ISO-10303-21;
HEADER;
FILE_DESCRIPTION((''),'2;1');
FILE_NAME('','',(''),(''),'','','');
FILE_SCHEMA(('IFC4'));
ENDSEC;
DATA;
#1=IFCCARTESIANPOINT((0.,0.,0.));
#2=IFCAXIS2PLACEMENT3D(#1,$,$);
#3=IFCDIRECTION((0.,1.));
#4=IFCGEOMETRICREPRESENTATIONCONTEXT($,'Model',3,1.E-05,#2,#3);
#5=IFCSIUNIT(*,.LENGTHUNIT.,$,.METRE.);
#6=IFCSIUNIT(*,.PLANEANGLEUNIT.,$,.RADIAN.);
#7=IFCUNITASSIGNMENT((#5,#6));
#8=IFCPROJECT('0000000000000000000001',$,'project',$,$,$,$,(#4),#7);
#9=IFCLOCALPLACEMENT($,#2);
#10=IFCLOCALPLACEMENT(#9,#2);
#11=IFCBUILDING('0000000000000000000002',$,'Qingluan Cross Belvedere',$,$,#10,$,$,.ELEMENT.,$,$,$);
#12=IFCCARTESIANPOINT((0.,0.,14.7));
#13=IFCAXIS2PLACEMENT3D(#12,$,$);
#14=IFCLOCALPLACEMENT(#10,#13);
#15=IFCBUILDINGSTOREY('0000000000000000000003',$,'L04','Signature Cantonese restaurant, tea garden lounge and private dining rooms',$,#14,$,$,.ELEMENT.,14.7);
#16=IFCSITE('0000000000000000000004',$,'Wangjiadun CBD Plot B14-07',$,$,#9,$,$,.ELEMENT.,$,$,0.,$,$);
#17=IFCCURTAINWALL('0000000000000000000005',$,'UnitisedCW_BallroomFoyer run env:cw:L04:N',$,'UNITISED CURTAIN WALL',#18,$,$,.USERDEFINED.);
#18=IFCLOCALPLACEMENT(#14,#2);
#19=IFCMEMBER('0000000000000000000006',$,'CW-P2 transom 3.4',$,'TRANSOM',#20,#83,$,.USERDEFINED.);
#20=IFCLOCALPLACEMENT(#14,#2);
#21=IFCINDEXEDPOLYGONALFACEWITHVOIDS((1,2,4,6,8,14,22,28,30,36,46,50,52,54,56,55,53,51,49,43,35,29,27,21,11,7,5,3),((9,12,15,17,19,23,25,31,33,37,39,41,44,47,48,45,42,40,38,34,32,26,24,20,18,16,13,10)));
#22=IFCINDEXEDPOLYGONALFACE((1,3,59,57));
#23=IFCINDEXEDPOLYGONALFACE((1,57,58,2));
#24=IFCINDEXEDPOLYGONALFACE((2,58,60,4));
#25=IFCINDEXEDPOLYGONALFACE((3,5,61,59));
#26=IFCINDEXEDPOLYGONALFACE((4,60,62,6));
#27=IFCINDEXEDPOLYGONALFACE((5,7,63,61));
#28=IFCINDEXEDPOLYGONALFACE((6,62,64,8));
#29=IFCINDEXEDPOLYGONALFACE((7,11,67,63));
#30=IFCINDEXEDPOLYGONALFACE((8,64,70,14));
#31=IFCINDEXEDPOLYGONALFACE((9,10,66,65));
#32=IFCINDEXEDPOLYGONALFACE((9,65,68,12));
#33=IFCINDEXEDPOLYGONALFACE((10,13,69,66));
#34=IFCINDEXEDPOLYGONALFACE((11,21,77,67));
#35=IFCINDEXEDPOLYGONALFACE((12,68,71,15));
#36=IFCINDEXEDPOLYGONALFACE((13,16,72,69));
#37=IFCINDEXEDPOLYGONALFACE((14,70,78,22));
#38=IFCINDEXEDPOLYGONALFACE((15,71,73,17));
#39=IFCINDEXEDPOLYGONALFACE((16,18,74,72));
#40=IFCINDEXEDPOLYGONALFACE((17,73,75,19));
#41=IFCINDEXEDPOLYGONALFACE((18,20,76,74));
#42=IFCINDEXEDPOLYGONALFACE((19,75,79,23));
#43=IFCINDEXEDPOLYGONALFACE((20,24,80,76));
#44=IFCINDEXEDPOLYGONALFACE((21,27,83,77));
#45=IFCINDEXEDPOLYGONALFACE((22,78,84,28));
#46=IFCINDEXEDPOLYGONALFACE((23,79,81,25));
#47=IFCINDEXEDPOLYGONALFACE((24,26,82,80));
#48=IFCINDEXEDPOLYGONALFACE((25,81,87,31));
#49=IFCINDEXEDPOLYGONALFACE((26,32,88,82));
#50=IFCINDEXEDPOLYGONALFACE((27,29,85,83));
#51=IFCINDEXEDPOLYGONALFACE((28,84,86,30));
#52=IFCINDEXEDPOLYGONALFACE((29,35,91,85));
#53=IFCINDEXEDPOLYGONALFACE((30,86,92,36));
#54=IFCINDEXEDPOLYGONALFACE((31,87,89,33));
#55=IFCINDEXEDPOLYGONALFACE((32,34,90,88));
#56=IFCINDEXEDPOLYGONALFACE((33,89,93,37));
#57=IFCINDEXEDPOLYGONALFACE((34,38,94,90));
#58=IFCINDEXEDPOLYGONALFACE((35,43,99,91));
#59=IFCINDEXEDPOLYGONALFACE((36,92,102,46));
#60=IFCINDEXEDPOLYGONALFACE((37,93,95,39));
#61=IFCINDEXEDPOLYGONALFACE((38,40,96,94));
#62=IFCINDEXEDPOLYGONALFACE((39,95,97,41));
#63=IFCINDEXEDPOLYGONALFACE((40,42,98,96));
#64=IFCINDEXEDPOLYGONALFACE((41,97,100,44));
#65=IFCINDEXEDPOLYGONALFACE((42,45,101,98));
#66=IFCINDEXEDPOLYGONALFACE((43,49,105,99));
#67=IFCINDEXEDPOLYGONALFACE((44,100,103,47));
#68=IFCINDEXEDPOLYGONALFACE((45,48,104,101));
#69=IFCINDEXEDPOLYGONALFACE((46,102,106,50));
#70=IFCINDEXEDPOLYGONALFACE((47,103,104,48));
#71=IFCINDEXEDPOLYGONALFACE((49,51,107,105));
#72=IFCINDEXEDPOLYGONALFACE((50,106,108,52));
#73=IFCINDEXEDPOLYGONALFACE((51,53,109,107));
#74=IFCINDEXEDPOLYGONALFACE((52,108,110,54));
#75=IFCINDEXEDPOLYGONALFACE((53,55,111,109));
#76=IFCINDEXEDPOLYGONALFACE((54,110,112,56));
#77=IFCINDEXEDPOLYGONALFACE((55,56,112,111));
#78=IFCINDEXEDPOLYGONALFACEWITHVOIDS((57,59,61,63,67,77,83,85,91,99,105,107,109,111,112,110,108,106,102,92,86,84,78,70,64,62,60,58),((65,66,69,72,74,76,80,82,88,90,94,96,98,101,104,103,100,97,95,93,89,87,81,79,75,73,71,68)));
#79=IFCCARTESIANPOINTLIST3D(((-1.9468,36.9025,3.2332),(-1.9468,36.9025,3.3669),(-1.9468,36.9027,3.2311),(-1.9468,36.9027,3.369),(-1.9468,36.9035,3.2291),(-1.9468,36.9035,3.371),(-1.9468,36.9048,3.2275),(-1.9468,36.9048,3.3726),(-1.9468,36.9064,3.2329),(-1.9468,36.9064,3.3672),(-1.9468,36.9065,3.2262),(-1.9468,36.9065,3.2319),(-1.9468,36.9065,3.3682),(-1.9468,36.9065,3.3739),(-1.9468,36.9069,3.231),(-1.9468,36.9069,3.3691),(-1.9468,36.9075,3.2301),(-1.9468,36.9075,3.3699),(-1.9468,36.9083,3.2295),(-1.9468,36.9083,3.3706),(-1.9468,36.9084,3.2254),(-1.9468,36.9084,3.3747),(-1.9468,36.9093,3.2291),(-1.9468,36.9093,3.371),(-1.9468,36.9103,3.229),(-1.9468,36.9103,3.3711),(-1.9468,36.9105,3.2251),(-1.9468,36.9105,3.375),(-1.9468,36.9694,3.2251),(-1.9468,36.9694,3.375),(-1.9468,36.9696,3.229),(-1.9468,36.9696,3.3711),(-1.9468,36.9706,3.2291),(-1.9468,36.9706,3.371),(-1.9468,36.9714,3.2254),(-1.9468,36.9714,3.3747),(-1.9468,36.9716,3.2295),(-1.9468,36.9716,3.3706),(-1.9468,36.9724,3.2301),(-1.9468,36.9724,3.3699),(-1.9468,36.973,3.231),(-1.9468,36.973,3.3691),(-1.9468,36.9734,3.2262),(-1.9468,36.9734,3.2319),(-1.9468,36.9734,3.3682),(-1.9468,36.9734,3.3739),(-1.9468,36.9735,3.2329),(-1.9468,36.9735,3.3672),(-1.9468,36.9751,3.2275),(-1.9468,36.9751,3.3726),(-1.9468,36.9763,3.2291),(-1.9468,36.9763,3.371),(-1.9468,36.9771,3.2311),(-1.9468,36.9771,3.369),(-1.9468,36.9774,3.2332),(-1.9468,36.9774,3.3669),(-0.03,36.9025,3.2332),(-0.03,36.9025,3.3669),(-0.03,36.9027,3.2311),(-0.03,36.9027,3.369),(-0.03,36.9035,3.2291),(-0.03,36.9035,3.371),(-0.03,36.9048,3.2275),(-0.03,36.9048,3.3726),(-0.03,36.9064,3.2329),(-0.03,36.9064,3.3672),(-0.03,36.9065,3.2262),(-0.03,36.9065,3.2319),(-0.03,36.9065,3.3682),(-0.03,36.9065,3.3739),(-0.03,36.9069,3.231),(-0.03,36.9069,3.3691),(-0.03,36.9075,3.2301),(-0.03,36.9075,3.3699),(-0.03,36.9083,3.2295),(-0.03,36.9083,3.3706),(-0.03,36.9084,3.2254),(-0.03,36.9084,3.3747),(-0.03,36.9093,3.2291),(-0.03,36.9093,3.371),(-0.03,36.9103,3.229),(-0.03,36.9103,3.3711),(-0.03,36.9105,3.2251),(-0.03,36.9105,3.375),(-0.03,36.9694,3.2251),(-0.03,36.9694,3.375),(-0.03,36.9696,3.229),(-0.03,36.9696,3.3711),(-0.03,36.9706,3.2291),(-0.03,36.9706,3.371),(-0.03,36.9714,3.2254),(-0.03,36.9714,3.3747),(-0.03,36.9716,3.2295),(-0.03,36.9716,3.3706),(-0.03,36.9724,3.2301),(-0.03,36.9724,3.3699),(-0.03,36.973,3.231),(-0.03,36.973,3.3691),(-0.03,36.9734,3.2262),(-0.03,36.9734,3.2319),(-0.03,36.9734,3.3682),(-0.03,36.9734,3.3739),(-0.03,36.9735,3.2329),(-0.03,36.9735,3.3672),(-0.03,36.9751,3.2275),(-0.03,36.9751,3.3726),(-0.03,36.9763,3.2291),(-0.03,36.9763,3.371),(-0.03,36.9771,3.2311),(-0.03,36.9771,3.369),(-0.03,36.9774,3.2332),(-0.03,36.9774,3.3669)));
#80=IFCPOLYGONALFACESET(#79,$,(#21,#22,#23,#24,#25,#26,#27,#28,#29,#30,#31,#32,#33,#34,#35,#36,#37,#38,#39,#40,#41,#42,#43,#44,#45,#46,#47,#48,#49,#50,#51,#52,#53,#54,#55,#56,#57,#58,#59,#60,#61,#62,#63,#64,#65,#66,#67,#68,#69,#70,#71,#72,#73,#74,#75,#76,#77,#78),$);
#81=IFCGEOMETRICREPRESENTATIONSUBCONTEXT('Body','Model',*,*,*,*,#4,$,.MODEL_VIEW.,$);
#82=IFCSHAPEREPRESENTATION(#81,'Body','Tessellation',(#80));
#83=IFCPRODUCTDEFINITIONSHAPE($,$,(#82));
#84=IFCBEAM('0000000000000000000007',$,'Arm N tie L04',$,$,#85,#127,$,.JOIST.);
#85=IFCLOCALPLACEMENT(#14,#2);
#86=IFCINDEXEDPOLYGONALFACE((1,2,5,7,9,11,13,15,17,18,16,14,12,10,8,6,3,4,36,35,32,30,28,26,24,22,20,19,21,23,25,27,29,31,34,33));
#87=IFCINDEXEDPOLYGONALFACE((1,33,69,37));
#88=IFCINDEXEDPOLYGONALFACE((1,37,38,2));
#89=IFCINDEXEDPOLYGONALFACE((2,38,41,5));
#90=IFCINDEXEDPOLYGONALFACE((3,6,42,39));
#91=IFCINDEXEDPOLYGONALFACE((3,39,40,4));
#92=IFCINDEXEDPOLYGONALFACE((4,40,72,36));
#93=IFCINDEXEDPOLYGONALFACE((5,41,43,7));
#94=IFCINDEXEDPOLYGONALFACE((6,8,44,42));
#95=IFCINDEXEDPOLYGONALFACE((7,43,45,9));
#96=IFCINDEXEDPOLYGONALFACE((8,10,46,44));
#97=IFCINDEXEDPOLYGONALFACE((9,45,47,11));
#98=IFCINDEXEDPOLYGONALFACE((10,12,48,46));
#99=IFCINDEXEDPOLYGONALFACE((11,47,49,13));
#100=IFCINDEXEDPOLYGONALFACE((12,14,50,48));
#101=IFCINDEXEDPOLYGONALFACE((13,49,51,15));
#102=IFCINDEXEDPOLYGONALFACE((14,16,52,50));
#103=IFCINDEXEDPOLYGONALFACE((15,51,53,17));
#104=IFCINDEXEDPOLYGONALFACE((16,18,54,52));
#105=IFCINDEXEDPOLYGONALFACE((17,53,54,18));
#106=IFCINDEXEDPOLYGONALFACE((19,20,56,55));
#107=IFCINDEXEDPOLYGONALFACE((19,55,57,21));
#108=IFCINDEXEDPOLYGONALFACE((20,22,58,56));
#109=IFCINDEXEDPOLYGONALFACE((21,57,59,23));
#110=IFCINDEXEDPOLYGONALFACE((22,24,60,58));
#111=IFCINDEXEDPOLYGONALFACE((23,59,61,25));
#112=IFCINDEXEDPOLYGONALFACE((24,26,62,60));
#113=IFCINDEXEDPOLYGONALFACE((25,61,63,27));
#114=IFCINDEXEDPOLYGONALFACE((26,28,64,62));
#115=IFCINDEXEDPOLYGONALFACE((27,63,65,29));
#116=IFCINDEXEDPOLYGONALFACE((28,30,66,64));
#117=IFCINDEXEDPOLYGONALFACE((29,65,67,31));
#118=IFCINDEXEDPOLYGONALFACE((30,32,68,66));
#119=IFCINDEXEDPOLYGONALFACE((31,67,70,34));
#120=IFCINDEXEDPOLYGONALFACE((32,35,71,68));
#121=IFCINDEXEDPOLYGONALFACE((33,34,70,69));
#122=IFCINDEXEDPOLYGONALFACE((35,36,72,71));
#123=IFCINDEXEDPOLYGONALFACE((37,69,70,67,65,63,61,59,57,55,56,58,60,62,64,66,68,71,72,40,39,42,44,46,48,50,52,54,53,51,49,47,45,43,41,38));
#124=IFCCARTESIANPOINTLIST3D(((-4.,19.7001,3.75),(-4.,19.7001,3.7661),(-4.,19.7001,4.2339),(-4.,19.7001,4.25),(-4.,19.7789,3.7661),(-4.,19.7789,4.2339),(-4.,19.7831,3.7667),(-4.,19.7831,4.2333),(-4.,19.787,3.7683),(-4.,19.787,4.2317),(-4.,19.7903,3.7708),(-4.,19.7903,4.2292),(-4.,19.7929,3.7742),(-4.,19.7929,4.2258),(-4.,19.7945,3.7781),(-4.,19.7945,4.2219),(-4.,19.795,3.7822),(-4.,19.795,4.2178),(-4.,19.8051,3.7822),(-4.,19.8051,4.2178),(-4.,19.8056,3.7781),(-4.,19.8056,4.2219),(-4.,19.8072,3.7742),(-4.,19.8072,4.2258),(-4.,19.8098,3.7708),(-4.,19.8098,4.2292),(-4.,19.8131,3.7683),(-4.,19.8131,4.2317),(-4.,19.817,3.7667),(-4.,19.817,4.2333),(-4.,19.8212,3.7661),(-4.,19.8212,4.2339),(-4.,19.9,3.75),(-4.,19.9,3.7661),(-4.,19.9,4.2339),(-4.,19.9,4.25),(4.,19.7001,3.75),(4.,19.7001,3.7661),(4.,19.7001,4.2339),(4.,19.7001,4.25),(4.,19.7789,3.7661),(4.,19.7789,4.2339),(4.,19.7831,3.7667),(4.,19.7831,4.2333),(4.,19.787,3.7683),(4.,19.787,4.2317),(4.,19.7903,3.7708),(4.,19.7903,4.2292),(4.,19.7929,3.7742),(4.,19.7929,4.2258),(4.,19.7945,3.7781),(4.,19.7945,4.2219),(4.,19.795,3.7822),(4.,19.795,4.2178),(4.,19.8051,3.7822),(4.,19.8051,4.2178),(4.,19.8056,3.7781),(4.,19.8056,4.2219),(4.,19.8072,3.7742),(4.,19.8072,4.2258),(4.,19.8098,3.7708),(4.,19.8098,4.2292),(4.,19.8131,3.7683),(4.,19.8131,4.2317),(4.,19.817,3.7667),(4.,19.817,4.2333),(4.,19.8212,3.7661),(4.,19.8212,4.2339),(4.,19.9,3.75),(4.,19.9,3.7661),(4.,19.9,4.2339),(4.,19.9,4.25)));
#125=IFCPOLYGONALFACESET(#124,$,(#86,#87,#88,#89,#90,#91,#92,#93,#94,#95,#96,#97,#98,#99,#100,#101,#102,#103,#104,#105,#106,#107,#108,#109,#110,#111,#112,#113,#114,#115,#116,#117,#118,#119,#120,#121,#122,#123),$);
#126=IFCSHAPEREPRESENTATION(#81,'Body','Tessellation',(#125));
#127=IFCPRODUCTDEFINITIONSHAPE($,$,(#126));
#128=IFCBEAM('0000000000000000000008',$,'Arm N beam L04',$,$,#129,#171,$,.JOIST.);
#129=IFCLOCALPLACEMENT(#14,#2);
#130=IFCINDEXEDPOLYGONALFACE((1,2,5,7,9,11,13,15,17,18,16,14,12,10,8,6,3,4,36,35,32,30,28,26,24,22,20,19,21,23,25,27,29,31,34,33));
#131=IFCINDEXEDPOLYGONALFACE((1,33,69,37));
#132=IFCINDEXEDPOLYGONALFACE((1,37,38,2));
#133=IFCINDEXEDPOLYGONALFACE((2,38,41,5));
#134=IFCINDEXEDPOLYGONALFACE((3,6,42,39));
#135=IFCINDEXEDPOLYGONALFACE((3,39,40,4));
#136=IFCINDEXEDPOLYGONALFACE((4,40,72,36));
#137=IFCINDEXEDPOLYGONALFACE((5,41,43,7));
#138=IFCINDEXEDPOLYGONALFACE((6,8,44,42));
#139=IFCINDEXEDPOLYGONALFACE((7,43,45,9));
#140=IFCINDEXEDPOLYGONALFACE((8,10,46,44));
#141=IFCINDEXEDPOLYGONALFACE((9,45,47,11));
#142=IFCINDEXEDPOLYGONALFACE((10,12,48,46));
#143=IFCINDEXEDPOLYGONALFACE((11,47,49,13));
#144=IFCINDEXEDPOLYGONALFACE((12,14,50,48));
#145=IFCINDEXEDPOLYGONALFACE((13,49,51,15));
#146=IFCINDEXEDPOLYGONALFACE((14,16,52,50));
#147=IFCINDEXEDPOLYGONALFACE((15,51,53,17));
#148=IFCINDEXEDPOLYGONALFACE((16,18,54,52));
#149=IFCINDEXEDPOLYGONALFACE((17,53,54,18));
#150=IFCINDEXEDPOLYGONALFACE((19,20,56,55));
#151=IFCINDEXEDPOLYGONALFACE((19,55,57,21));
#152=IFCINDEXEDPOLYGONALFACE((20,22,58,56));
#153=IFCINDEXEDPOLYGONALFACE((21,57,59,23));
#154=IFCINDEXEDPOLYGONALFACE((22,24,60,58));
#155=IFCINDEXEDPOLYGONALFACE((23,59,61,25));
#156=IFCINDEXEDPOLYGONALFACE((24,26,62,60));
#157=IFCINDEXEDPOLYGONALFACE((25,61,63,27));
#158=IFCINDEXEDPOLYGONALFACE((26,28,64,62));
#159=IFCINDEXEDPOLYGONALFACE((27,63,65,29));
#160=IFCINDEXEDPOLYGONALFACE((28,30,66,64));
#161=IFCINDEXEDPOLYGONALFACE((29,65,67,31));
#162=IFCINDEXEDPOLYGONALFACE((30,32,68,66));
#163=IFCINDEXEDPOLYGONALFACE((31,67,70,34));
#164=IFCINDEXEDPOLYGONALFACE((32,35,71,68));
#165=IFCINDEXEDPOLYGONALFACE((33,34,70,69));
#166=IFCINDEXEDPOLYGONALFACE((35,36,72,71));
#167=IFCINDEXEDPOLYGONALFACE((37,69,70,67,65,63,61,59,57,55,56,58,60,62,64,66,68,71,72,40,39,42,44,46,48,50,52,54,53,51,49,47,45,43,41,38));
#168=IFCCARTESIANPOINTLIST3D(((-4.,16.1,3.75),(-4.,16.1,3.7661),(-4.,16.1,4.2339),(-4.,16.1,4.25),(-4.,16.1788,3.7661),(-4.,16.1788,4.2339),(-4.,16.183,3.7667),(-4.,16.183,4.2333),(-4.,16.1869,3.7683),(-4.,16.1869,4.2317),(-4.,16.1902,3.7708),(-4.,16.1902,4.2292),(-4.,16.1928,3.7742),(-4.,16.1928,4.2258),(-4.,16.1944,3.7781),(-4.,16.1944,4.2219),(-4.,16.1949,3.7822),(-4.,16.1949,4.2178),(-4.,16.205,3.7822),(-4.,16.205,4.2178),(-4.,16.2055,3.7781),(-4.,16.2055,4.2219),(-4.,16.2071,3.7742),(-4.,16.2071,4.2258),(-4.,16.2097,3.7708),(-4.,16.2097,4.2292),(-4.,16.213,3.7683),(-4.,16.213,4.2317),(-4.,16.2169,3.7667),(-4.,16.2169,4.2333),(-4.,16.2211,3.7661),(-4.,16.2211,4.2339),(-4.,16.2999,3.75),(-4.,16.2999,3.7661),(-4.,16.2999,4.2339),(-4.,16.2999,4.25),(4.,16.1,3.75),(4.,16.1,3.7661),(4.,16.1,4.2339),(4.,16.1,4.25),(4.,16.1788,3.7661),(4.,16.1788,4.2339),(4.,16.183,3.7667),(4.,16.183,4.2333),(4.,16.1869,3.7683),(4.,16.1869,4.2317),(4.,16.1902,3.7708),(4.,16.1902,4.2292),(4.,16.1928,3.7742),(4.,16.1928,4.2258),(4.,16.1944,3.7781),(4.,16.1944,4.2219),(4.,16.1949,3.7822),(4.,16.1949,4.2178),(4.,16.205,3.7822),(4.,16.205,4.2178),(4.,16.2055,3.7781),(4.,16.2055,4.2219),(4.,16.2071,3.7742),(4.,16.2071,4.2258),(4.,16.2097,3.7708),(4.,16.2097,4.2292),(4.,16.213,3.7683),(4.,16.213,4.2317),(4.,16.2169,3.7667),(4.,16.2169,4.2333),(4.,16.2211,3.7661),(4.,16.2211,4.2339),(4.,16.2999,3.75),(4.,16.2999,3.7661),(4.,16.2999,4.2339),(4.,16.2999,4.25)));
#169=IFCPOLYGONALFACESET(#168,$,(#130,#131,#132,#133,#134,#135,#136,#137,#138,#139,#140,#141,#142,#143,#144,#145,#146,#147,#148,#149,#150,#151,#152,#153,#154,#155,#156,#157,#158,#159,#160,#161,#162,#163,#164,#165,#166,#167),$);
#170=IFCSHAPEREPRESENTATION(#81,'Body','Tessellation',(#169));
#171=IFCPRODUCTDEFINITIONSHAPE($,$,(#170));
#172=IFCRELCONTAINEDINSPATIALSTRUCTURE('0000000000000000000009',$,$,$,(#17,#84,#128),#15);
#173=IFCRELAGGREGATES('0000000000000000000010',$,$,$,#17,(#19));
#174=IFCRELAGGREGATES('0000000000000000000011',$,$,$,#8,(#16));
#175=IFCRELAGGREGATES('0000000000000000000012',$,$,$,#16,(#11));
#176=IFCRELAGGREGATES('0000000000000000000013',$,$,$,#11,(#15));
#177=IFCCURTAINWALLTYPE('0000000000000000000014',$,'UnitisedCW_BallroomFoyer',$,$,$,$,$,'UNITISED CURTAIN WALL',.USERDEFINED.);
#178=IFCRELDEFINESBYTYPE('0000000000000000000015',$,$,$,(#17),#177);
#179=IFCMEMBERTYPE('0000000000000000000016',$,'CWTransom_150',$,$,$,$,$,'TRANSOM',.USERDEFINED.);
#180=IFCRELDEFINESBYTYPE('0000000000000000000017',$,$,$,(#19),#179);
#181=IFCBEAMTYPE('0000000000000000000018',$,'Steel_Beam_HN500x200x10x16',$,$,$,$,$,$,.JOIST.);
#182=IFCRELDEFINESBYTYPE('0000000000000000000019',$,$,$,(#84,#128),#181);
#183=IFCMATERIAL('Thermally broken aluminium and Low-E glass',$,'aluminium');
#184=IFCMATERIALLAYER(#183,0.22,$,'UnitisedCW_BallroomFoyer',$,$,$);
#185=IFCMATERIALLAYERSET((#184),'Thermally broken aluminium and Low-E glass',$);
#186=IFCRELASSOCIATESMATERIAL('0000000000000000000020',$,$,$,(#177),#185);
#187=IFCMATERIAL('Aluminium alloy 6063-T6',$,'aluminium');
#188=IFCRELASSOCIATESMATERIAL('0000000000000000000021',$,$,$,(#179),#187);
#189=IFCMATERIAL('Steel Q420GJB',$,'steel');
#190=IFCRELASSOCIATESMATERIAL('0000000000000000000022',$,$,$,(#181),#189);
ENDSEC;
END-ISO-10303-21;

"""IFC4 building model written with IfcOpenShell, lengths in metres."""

from ifc_helpers import new_model, si_unit, direction, frame, origin, origin_2d, place, context, subcontext, project, spatial, hollow_rectangle, i_section, extrude, material, layer, layer_set, material_profile, profile_set, type_object, element, aggregate, save


model = new_model("IFC4")

# Units and contexts
model_context = context("Model", 3, precision=1e-05, world=origin(), true_north=direction((0.0, 1.0)))
body_context = subcontext(model_context, "Body", "Model", "MODEL_VIEW")
ifc_project = project(units=[si_unit("LENGTHUNIT", "METRE"), si_unit("PLANEANGLEUNIT", "RADIAN")], contexts=[model_context])

# Site, building, storey
site_placement = place(None, origin())
site = spatial("IfcSite", under=ifc_project, at=site_placement, Name="Wangjiadun CBD Plot B14-07", CompositionType="ELEMENT", RefElevation=0.0)
building_placement = place(site_placement, origin())
building = spatial("IfcBuilding", under=site, at=building_placement, Name="Qingluan Cross Belvedere", CompositionType="ELEMENT")
storey_placement = place(building_placement, frame((0.0, 0.0, 14.7)))
storey = spatial("IfcBuildingStorey", under=building, at=storey_placement, Name="L04", Description="Signature Cantonese restaurant, tea garden lounge and private dining rooms", CompositionType="ELEMENT", Elevation=14.7)

# Curtain wall, member
ifc_material_1 = material(Name="Thermally broken aluminium and Low-E glass", Category="aluminium")
ifc_layer_1 = layer(ifc_material_1, 0.22, Name="UnitisedCW_BallroomFoyer")
ifc_layer_set_1 = layer_set([ifc_layer_1], Name="Thermally broken aluminium and Low-E glass")
curtain_wall_type = type_object("IfcCurtainWallType", Name="UnitisedCW_BallroomFoyer", ElementType="UNITISED CURTAIN WALL", PredefinedType="USERDEFINED", material=ifc_layer_set_1)
curtain_wall_placement = place(storey_placement, origin())
curtain_wall = element("IfcCurtainWall", 1, at=curtain_wall_placement, inside=storey, type_object=curtain_wall_type, Name="UnitisedCW_BallroomFoyer run env:cw:L04:N", ObjectType="UNITISED CURTAIN WALL", PredefinedType="USERDEFINED")
ifc_material_2 = material(Name="Aluminium alloy 6063-T6", Category="aluminium")
ifc_material_profile_1 = material_profile(ifc_material_2, hollow_rectangle(XDim=0.075, YDim=0.1499, WallThickness=0.0039, InnerFilletRadius=0.0039, OuterFilletRadius=0.0081, at=origin_2d()), Name="CWT150x75x4")
ifc_profile_set_1 = profile_set([ifc_material_profile_1], Name="Aluminium alloy 6063-T6")
member_type_1 = type_object("IfcMemberType", Name="CWTransom_150", ElementType="TRANSOM", PredefinedType="USERDEFINED", material=ifc_profile_set_1)
member_1_placement = place(storey_placement, frame((-1.9468, 36.9399, 3.3), z_axis=(1.0, 0.0, 0.0), x_axis=(0.0, 1.0, 0.0)))
member_1 = element("IfcMember", 2, at=member_1_placement, type_object=member_type_1, Name="CW-P2 transom 3.4", ObjectType="TRANSOM", PredefinedType="USERDEFINED", context=body_context, shape_type="SweptSolid", body=[
    extrude(hollow_rectangle(XDim=0.075, YDim=0.1499, WallThickness=0.0039, InnerFilletRadius=0.0039, OuterFilletRadius=0.0081, at=origin_2d()), origin(), (0.0, 0.0, 1.0), 1.9167),
])

# Beams
ifc_material_3 = material(Name="Steel Q420GJB", Category="steel")
ifc_material_profile_2 = material_profile(ifc_material_3, i_section(OverallWidth=0.2, OverallDepth=0.5, WebThickness=0.01, FlangeThickness=0.0161, FilletRadius=0.0161, at=origin_2d()), Name="HN500x200x10x16")
ifc_profile_set_2 = profile_set([ifc_material_profile_2], Name="Steel Q420GJB")
beam_type_1 = type_object("IfcBeamType", Name="Steel_Beam_HN500x200x10x16", PredefinedType="JOIST", material=ifc_profile_set_2)
for number, where, z_axis, x_axis, name in (
    (3, (-4.0, 19.8, 4.0), (1.0, 0.0, 0.0), (0.0, 1.0, 0.0), "Arm N tie L04"),
    (4, (-4.0, 16.2, 4.0), (1.0, 0.0, 0.0), (0.0, 1.0, 0.0), "Arm N beam L04"),
):
    element("IfcBeam", number, at=place(storey_placement, frame(where, z_axis=z_axis, x_axis=x_axis)), inside=storey, type_object=beam_type_1, Name=name, PredefinedType="JOIST", context=body_context, shape_type="SweptSolid", body=[
        extrude(i_section(OverallWidth=0.2, OverallDepth=0.5, WebThickness=0.01, FlangeThickness=0.0161, FilletRadius=0.0161, at=origin_2d()), origin(), (0.0, 0.0, 1.0), 8.0),
    ])

aggregate(curtain_wall, [member_1])

save(model, "model.ifc")
